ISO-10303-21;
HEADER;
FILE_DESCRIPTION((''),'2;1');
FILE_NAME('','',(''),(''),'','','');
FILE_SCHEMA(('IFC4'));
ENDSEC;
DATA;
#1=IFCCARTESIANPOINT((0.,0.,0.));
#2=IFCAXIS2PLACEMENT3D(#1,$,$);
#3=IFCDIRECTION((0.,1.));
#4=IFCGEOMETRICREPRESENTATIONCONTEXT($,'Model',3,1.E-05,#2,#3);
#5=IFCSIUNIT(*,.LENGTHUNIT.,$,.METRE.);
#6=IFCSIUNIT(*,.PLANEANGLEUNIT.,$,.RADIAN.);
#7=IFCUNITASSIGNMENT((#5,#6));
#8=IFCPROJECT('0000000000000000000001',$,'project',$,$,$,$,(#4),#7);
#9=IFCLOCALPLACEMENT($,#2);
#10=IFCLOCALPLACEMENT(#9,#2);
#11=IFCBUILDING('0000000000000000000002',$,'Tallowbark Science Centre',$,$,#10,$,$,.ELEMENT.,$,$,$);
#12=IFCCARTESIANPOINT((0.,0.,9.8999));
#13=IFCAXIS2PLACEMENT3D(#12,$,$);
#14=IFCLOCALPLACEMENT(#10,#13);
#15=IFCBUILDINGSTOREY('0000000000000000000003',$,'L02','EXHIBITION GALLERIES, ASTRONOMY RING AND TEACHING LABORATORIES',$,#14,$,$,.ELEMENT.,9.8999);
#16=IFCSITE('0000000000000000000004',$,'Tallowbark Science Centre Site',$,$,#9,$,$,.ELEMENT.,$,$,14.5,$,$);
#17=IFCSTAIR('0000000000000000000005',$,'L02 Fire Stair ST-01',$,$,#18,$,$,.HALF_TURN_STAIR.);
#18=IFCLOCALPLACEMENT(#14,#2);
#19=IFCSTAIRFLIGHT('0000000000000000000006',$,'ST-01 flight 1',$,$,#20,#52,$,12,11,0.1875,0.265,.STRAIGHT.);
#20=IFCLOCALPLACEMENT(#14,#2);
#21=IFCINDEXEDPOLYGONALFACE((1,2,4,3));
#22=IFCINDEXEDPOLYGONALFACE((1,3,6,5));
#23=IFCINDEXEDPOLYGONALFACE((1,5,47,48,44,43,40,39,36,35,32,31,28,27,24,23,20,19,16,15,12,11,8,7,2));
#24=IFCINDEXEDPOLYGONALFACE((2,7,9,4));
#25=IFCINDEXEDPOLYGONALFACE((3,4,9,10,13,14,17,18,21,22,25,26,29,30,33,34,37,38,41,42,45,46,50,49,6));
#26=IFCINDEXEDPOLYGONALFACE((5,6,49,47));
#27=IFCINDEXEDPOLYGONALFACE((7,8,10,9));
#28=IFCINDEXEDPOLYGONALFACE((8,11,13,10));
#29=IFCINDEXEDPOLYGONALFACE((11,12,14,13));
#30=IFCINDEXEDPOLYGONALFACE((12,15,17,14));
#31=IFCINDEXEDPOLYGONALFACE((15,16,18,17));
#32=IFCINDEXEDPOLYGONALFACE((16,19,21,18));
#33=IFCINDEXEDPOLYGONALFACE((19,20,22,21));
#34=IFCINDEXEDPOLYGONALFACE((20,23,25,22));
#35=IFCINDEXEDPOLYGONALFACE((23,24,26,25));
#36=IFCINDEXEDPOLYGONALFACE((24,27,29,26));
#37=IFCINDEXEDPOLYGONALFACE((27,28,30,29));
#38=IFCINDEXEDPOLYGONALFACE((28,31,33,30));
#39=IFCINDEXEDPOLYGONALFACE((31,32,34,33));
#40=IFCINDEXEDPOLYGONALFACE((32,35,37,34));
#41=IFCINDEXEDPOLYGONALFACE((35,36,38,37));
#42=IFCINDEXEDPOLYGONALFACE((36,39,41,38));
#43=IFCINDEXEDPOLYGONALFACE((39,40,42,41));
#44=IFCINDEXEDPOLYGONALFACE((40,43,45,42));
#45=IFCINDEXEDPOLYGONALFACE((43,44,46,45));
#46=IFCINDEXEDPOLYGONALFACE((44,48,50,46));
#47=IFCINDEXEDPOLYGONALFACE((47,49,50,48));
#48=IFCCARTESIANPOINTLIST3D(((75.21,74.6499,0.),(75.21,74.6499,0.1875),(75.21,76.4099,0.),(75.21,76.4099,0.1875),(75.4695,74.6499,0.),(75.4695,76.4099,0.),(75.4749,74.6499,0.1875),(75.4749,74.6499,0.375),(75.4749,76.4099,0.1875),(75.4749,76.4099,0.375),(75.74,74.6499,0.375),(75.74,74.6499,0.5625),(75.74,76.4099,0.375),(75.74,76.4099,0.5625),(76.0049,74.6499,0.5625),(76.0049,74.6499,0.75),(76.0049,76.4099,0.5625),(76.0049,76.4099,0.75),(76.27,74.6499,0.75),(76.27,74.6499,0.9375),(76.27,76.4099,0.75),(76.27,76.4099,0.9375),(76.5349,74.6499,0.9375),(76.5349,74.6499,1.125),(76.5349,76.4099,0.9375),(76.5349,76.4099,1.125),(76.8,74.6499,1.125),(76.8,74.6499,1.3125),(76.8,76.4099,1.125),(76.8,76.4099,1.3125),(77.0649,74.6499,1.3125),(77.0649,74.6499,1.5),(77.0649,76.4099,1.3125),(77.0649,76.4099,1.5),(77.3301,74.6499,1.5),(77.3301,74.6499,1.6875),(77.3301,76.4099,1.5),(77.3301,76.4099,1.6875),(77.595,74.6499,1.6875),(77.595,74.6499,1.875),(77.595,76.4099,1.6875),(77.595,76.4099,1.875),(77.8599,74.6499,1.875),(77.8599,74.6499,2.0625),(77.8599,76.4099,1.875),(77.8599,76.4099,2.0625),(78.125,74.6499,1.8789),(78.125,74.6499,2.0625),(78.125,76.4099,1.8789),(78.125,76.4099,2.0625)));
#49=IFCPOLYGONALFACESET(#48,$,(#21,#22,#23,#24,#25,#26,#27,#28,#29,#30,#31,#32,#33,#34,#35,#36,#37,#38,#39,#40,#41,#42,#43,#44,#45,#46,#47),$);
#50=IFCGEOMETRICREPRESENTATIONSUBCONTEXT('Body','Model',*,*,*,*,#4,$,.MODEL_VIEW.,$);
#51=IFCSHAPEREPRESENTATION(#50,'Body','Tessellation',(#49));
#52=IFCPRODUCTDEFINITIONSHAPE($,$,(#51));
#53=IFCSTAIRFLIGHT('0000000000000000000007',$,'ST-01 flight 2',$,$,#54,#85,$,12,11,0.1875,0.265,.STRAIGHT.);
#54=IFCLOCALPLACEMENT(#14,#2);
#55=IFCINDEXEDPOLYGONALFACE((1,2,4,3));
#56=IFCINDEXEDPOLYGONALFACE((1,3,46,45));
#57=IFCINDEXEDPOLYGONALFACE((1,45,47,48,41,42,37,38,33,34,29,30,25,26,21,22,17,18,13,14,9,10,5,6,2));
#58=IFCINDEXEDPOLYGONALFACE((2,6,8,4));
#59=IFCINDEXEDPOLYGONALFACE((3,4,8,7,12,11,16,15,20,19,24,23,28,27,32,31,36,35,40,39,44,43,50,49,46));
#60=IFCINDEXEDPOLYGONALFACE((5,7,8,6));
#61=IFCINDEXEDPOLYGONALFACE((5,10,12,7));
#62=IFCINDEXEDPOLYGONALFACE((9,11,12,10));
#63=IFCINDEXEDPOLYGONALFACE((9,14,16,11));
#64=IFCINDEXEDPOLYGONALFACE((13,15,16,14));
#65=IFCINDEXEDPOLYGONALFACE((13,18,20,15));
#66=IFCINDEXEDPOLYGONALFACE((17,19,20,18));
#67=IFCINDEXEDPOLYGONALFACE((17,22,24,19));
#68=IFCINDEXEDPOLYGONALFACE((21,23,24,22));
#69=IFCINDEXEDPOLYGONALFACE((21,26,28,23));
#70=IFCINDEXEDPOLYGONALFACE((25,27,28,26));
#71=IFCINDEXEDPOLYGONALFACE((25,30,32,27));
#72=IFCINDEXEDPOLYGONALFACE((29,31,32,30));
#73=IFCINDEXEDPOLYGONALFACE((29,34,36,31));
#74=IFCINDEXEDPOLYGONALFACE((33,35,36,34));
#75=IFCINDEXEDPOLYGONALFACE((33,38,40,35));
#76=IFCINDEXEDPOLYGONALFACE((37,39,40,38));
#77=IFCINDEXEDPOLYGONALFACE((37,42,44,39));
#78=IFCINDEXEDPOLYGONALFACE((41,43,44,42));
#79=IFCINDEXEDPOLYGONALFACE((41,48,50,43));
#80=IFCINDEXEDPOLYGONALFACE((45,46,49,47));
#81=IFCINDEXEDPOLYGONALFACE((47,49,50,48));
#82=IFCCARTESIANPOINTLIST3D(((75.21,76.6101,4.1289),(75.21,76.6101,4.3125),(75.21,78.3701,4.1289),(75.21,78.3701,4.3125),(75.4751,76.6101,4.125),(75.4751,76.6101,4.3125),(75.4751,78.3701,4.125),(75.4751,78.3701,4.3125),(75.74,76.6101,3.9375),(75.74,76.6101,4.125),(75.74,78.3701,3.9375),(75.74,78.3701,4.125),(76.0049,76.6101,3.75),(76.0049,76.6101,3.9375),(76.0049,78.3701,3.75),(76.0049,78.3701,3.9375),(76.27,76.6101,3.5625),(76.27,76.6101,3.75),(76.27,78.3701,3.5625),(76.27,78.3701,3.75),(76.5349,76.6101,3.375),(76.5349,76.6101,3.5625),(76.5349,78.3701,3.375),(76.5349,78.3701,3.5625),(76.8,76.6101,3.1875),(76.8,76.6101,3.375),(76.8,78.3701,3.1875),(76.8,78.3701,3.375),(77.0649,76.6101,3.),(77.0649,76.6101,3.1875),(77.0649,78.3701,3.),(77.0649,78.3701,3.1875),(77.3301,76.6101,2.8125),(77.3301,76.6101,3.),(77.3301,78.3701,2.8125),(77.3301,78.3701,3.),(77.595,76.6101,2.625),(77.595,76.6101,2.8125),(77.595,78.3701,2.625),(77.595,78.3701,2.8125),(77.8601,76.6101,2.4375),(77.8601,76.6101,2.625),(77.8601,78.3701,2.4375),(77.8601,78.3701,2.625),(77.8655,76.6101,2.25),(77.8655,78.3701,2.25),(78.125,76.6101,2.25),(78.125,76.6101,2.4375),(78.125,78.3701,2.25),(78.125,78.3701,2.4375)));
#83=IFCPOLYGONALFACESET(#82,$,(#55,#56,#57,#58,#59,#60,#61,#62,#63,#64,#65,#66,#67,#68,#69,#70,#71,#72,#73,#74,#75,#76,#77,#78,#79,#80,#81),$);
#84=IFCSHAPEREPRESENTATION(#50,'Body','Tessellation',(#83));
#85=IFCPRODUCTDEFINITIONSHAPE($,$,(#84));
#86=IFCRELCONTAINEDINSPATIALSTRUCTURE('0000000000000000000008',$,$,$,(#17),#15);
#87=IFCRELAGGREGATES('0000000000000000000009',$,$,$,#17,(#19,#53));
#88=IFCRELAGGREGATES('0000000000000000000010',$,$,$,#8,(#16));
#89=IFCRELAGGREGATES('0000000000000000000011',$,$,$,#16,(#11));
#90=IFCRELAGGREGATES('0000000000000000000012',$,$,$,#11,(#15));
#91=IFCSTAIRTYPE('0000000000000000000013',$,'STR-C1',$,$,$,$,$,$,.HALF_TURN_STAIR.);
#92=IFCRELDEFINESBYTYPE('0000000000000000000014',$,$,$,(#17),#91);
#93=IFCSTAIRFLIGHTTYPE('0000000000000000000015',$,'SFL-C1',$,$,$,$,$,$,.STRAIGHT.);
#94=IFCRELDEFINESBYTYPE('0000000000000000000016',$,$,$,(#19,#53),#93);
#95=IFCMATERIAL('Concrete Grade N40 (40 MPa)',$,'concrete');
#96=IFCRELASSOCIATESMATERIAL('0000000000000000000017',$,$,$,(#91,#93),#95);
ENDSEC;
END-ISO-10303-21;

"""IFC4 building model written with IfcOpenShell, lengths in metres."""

from ifc_helpers import new_model, si_unit, direction, frame, origin, place, context, subcontext, project, spatial, polyline, outline, extrude, material, type_object, element, aggregate, save


model = new_model("IFC4")

# Units and contexts
model_context = context("Model", 3, precision=1e-05, world=origin(), true_north=direction((0.0, 1.0)))
body_context = subcontext(model_context, "Body", "Model", "MODEL_VIEW")
ifc_project = project(units=[si_unit("LENGTHUNIT", "METRE"), si_unit("PLANEANGLEUNIT", "RADIAN")], contexts=[model_context])

# Site, building, storey
site_placement = place(None, origin())
site = spatial("IfcSite", under=ifc_project, at=site_placement, Name="Tallowbark Science Centre Site", CompositionType="ELEMENT", RefElevation=14.5)
building_placement = place(site_placement, origin())
building = spatial("IfcBuilding", under=site, at=building_placement, Name="Tallowbark Science Centre", CompositionType="ELEMENT")
storey_placement = place(building_placement, frame((0.0, 0.0, 9.8999)))
storey = spatial("IfcBuildingStorey", under=building, at=storey_placement, Name="L02", Description="EXHIBITION GALLERIES, ASTRONOMY RING AND TEACHING LABORATORIES", CompositionType="ELEMENT", Elevation=9.8999)

# Shared definitions
ifc_material_1 = material(Name="Concrete Grade N40 (40 MPa)", Category="concrete")

# Stair, stair flights
stair_type = type_object("IfcStairType", Name="STR-C1", PredefinedType="HALF_TURN_STAIR", material=ifc_material_1)
stair_placement = place(storey_placement, origin())
stair = element("IfcStair", 1, at=stair_placement, inside=storey, type_object=stair_type, Name="L02 Fire Stair ST-01", PredefinedType="HALF_TURN_STAIR")
stair_flight_type = type_object("IfcStairFlightType", Name="SFL-C1", PredefinedType="STRAIGHT", material=ifc_material_1)
stair_flight_1_placement = place(storey_placement, frame((75.21, 75.53, 0.0), z_axis=(0.0, 0.0, 1.0), x_axis=(1.0, 0.0, 0.0)))
stair_flight_1 = element("IfcStairFlight", 2, at=stair_flight_1_placement, type_object=stair_flight_type, Name="ST-01 flight 1", NumberOfRisers=12, NumberOfTreads=11, PredefinedType="STRAIGHT", RiserHeight=0.1875, TreadLength=0.265, context=body_context, shape_type="SweptSolid", body=[
    extrude(outline(polyline([(0.0, 0.0), (0.0, 0.1875), (0.2649, 0.1875), (0.2649, 0.375), (0.53, 0.375), (0.53, 0.5625), (0.7949, 0.5625), (0.7949, 0.75), (1.0601, 0.75), (1.0601, 0.9375), (1.325, 0.9375), (1.325, 1.125), (1.5901, 1.125), (1.5901, 1.3125), (1.855, 1.3125), (1.855, 1.5), (2.1201, 1.5), (2.1201, 1.6875), (2.385, 1.6875), (2.385, 1.875), (2.6499, 1.875), (2.6499, 2.0625), (2.915, 2.0625), (2.915, 2.25), (2.915, 1.8789), (0.2595, 0.0), (0.0, 0.0)])), frame((0.0, 0.8799, 0.0), z_axis=(0.0, -1.0, 0.0), x_axis=(1.0, 0.0, 0.0)), (0.0, 0.0, 1.0), 1.76),
])
stair_flight_2_placement = place(storey_placement, frame((78.125, 77.49, 2.25), z_axis=(0.0, 0.0, 1.0), x_axis=(-1.0, 0.0, 0.0)))
stair_flight_2 = element("IfcStairFlight", 3, at=stair_flight_2_placement, type_object=stair_flight_type, Name="ST-01 flight 2", NumberOfRisers=12, NumberOfTreads=11, PredefinedType="STRAIGHT", RiserHeight=0.1875, TreadLength=0.265, context=body_context, shape_type="SweptSolid", body=[
    extrude(outline(polyline([(0.0, 0.0), (0.0, 0.1875), (0.2649, 0.1875), (0.2649, 0.375), (0.53, 0.375), (0.53, 0.5625), (0.7949, 0.5625), (0.7949, 0.75), (1.0601, 0.75), (1.0601, 0.9375), (1.325, 0.9375), (1.325, 1.125), (1.5901, 1.125), (1.5901, 1.3125), (1.855, 1.3125), (1.855, 1.5), (2.1201, 1.5), (2.1201, 1.6875), (2.385, 1.6875), (2.385, 1.875), (2.6499, 1.875), (2.6499, 2.0625), (2.915, 2.0625), (2.915, 2.25), (2.915, 1.8789), (0.2595, 0.0), (0.0, 0.0)])), frame((0.0, 0.8799, 0.0), z_axis=(0.0, -1.0, 0.0), x_axis=(1.0, 0.0, 0.0)), (0.0, 0.0, 1.0), 1.76),
])
aggregate(stair, [stair_flight_1, stair_flight_2])

save(model, "model.ifc")
